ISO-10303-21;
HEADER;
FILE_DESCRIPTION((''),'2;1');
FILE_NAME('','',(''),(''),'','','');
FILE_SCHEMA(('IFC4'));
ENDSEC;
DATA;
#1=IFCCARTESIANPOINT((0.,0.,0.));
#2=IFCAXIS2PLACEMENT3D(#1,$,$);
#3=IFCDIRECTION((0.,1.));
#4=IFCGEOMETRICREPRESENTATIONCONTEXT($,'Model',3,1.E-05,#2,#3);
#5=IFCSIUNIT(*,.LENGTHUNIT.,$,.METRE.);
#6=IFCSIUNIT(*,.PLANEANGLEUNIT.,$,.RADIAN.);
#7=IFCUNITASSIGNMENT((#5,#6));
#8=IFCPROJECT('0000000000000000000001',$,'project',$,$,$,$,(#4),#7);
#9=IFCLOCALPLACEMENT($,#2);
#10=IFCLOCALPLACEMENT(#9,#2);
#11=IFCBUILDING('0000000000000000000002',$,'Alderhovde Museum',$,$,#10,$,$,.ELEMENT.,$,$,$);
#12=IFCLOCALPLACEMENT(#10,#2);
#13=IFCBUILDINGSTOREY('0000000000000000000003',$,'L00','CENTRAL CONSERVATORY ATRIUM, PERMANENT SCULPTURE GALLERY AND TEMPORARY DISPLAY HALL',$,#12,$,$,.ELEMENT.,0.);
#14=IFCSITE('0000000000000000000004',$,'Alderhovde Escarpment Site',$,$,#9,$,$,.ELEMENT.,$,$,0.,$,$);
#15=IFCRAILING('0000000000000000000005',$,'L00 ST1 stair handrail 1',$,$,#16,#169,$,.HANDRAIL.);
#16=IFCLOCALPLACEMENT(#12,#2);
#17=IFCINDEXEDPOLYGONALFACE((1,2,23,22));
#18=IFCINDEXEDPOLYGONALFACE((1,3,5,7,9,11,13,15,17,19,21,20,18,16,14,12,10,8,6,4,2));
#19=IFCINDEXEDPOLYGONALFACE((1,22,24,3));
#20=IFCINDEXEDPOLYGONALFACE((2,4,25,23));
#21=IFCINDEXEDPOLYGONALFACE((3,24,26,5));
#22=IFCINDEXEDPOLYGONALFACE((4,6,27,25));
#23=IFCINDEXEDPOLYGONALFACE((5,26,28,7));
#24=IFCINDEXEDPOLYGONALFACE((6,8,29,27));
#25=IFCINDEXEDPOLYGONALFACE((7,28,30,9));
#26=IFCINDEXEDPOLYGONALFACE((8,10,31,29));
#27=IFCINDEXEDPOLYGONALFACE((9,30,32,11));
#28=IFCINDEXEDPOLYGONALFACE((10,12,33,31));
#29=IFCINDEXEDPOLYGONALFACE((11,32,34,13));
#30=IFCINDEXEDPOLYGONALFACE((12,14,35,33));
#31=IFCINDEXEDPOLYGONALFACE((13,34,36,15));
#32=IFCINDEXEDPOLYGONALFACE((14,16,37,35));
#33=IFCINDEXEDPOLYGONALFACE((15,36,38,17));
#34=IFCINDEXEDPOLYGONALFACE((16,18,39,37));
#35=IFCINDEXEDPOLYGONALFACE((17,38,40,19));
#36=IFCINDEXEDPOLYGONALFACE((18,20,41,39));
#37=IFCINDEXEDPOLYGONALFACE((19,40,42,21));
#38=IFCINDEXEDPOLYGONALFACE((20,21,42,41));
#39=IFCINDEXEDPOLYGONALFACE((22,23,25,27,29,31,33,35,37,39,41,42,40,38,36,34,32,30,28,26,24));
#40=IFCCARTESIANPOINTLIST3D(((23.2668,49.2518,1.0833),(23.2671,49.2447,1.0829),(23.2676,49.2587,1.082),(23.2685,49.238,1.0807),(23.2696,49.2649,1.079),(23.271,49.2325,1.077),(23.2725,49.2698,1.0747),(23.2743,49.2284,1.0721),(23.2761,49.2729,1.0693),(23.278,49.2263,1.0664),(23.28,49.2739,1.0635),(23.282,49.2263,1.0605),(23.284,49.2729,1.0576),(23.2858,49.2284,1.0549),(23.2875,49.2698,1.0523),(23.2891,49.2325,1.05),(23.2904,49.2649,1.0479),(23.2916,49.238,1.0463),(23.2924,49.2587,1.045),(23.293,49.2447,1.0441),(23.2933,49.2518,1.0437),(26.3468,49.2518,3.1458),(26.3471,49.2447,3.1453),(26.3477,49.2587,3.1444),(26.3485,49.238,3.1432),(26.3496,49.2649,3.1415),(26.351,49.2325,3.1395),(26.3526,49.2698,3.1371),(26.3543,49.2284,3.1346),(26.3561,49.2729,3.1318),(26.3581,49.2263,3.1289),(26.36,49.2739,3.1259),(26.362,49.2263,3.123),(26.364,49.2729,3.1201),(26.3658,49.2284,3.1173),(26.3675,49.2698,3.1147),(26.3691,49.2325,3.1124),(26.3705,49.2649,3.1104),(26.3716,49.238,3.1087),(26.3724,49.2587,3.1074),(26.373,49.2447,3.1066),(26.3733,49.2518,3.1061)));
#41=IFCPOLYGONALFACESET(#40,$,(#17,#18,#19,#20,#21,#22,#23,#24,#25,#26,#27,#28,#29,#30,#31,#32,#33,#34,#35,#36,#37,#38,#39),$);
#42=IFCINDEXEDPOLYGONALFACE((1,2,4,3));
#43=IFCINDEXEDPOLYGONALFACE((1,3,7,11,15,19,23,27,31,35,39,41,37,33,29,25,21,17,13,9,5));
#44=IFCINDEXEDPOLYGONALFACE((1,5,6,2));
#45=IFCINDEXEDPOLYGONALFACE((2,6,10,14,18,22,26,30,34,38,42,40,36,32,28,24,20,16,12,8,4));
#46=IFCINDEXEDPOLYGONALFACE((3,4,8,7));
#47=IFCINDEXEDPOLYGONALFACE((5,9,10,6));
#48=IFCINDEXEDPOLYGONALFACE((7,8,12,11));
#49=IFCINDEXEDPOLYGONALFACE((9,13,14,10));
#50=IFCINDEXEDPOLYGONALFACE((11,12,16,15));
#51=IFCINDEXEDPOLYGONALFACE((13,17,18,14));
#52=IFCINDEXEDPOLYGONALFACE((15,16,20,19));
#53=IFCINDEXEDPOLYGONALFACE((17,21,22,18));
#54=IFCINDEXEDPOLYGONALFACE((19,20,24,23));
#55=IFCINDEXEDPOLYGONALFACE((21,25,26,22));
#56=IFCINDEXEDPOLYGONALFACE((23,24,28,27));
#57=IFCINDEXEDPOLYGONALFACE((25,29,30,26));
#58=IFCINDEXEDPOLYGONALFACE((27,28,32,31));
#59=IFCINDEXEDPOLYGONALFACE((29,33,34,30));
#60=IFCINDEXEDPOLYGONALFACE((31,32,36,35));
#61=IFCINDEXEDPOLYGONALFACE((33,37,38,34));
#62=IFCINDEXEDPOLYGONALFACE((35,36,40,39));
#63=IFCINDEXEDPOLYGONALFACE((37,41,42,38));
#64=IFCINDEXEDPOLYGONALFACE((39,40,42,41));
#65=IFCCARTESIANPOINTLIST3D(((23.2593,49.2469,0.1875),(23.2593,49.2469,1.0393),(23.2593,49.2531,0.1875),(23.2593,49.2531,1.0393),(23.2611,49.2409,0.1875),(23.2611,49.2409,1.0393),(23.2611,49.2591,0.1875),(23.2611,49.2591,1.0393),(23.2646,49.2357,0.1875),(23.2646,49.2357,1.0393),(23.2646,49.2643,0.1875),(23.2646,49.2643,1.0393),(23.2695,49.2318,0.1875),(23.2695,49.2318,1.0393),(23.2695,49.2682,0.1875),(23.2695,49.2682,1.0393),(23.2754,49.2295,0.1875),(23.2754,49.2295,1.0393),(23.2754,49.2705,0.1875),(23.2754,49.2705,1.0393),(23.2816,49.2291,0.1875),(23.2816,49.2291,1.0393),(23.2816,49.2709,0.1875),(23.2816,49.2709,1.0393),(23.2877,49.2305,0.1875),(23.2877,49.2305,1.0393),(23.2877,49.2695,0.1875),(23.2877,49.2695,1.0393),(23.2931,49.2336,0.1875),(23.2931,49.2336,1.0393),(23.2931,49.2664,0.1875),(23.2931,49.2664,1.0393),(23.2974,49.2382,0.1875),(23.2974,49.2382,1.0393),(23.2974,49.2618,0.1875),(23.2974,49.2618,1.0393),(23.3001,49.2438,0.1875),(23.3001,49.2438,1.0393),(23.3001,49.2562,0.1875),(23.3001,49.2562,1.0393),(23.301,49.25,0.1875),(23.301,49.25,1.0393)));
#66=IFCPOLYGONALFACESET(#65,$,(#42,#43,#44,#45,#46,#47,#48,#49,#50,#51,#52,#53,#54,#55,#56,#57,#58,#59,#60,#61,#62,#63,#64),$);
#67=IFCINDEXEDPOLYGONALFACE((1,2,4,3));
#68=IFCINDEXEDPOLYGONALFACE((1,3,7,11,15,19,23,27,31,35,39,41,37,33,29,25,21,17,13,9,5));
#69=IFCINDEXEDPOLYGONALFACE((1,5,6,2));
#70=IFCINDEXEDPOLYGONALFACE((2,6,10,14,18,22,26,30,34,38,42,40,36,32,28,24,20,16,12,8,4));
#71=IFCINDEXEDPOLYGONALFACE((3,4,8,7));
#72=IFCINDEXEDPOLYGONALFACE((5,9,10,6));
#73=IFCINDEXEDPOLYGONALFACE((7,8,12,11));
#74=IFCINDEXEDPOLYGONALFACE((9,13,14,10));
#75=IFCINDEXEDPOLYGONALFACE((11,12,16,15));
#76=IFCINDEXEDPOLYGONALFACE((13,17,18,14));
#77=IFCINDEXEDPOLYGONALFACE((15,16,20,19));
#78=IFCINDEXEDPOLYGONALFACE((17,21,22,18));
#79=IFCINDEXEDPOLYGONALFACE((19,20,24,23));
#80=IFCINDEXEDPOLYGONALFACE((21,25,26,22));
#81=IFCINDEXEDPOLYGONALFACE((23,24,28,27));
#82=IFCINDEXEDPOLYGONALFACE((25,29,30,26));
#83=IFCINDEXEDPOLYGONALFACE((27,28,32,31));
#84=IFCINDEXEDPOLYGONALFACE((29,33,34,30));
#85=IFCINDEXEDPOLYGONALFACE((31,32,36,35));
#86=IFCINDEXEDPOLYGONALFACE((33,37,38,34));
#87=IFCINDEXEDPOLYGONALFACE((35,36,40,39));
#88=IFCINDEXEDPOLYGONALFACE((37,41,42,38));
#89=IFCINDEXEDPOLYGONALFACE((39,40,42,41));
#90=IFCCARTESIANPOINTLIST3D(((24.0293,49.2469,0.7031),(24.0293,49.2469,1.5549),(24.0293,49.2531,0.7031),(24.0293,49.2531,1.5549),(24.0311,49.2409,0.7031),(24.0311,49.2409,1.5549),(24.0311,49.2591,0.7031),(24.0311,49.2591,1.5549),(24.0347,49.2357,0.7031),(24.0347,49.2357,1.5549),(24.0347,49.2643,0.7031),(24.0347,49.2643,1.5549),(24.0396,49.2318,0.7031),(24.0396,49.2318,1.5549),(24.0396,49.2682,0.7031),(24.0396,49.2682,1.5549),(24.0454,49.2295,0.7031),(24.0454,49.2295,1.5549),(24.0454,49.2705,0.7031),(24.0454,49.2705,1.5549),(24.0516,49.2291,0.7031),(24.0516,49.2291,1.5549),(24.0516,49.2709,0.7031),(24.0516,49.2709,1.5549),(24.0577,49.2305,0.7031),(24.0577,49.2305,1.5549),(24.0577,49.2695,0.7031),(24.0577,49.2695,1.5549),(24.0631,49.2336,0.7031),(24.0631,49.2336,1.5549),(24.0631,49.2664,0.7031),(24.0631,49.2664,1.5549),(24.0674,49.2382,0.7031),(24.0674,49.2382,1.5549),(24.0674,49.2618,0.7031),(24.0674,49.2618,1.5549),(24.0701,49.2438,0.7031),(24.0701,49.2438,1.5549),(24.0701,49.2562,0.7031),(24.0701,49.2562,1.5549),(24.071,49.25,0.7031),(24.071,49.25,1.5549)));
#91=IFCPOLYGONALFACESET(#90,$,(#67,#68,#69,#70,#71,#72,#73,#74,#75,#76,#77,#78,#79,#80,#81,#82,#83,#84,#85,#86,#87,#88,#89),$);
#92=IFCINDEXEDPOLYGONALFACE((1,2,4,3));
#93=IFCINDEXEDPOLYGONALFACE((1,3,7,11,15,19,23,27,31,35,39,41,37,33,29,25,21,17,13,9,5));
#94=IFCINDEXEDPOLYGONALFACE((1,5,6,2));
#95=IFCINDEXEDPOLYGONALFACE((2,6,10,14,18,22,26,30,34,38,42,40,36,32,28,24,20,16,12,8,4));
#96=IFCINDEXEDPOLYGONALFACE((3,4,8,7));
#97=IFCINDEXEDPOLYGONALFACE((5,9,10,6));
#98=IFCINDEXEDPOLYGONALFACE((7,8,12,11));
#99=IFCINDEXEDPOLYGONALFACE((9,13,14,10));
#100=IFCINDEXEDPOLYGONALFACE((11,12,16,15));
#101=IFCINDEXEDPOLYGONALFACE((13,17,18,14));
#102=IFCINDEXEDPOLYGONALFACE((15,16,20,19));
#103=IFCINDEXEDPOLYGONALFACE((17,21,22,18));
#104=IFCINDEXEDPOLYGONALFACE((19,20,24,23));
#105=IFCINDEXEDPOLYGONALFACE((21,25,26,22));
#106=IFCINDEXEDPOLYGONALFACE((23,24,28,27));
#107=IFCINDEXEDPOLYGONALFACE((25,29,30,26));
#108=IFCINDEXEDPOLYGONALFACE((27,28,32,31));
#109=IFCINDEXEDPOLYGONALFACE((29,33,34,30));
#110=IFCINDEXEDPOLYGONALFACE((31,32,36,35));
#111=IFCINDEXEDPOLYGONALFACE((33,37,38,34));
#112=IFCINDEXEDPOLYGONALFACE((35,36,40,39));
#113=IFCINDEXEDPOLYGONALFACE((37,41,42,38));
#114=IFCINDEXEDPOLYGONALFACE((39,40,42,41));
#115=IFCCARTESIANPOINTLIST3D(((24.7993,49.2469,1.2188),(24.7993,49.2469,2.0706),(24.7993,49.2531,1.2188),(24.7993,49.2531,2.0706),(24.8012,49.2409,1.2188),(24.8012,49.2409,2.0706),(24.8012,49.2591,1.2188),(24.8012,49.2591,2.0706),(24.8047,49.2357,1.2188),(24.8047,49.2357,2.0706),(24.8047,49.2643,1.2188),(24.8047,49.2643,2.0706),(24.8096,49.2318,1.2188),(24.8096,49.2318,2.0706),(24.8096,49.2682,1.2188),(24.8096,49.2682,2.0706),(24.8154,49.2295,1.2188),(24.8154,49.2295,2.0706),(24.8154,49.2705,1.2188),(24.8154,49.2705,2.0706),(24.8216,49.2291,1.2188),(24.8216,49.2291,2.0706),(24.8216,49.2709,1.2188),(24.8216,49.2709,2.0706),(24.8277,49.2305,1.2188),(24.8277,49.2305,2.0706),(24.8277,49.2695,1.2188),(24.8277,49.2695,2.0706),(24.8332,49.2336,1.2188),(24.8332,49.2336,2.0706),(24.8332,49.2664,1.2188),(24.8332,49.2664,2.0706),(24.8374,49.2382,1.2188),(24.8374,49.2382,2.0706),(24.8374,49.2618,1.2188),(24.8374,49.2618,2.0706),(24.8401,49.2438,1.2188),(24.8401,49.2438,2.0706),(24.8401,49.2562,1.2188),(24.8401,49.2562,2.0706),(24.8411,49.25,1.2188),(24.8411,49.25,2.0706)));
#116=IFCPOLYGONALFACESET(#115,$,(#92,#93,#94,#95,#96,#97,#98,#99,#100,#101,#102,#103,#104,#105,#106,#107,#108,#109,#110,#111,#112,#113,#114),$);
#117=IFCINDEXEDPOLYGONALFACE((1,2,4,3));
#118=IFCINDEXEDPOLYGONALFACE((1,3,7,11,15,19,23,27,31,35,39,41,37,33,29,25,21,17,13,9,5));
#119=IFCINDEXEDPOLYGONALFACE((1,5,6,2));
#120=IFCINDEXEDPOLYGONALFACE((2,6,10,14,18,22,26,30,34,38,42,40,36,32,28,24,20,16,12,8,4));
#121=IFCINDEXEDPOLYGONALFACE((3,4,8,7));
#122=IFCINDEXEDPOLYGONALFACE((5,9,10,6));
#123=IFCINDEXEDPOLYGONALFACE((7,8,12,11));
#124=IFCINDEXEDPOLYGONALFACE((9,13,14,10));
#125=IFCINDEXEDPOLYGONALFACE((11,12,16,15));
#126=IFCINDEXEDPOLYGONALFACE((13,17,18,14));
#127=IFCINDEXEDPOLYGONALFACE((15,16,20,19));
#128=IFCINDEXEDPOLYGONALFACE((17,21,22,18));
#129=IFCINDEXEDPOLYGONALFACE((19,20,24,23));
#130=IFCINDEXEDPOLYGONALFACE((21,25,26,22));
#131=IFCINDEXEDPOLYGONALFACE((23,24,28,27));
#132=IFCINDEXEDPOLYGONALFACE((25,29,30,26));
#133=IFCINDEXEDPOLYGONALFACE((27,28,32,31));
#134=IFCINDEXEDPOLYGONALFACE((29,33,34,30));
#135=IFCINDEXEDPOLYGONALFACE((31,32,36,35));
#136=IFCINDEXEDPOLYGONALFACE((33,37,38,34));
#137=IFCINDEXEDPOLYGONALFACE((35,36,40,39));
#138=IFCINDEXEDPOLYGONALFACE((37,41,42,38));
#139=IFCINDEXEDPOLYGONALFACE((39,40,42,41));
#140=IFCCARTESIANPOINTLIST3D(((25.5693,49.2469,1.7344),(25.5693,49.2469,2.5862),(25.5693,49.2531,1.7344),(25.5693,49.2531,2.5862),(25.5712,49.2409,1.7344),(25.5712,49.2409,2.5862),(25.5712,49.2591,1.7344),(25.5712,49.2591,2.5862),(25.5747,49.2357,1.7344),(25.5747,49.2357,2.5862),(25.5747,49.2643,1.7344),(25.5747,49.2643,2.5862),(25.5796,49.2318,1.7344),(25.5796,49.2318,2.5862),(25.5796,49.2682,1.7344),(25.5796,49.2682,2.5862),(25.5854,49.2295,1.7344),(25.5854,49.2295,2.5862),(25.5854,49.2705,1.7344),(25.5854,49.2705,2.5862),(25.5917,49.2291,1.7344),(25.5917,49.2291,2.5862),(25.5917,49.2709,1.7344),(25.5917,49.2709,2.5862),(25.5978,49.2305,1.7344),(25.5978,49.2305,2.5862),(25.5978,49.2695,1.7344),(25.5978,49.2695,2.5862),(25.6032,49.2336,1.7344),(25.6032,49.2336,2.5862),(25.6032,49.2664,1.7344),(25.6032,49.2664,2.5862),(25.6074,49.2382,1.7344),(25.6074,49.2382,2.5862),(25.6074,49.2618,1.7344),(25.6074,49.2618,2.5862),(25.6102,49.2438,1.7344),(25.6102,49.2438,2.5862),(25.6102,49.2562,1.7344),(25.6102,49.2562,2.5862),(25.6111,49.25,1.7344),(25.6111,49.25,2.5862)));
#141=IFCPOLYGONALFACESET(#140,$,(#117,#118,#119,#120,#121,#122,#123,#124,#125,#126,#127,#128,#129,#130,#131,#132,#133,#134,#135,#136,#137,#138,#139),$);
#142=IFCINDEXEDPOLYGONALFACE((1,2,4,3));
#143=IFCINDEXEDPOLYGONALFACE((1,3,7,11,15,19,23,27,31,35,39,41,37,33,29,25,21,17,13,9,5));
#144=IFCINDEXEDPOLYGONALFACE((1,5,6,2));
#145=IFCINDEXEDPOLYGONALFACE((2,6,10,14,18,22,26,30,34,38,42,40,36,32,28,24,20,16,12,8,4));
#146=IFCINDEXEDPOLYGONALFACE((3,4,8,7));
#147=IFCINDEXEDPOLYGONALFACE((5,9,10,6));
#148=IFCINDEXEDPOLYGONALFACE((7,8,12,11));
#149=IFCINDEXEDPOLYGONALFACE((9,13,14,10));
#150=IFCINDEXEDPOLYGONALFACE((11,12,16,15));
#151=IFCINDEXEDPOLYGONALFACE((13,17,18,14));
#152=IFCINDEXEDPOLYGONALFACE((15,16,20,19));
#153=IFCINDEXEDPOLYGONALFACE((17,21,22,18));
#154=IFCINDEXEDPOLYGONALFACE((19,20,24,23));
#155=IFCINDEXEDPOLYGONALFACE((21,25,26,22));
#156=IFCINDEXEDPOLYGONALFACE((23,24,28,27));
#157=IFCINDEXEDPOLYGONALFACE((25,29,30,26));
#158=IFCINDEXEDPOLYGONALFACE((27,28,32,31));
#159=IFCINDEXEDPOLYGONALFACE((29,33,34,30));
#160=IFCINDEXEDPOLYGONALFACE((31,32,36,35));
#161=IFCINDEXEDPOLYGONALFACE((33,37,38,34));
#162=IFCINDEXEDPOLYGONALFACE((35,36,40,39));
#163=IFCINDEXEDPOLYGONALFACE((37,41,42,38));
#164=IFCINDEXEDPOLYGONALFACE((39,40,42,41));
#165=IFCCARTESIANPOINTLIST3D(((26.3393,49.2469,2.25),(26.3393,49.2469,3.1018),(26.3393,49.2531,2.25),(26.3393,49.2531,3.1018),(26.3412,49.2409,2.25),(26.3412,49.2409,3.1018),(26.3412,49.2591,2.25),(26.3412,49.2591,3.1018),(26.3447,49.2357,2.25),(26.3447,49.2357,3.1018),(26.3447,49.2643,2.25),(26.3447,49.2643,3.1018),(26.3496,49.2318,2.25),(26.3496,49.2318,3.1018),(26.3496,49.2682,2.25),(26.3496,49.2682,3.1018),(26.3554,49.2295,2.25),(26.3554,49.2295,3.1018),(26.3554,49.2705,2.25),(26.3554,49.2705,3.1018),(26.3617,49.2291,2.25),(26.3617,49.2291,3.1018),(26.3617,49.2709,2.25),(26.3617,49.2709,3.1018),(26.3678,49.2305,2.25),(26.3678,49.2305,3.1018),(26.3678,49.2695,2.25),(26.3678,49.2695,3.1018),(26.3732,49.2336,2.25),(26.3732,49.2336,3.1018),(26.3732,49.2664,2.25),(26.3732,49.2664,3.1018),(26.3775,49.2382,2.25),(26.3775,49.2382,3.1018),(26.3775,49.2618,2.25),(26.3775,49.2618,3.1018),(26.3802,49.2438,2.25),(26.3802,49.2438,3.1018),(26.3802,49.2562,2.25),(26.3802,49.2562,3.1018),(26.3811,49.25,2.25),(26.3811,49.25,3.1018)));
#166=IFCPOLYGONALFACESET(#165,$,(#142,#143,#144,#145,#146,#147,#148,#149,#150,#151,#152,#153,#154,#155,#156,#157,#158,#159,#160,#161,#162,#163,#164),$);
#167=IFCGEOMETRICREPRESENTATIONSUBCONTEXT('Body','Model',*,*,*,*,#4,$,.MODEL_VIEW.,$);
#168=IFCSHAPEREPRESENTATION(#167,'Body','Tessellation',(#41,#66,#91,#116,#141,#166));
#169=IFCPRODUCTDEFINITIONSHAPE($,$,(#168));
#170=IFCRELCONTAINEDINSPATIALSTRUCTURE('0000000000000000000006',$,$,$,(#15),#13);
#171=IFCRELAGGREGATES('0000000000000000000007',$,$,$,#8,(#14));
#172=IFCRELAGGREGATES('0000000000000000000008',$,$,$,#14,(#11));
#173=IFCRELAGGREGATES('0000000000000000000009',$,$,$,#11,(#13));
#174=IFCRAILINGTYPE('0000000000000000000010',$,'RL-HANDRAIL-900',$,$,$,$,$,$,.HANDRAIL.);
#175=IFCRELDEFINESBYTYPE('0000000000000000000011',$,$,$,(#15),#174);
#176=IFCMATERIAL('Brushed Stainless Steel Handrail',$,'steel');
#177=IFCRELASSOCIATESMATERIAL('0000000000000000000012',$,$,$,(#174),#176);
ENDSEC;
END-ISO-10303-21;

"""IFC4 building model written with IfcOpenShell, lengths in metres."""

from ifc_helpers import new_model, si_unit, direction, frame, origin, origin_2d, place, context, subcontext, project, spatial, circle, extrude, material, type_object, element, save


model = new_model("IFC4")

# Units and contexts
model_context = context("Model", 3, precision=1e-05, world=origin(), true_north=direction((0.0, 1.0)))
body_context = subcontext(model_context, "Body", "Model", "MODEL_VIEW")
ifc_project = project(units=[si_unit("LENGTHUNIT", "METRE"), si_unit("PLANEANGLEUNIT", "RADIAN")], contexts=[model_context])

# Site, building, storey
site_placement = place(None, origin())
site = spatial("IfcSite", under=ifc_project, at=site_placement, Name="Alderhovde Escarpment Site", CompositionType="ELEMENT", RefElevation=0.0)
building_placement = place(site_placement, origin())
building = spatial("IfcBuilding", under=site, at=building_placement, Name="Alderhovde Museum", CompositionType="ELEMENT")
storey_placement = place(building_placement, origin())
storey = spatial("IfcBuildingStorey", under=building, at=storey_placement, Name="L00", Description="CENTRAL CONSERVATORY ATRIUM, PERMANENT SCULPTURE GALLERY AND TEMPORARY DISPLAY HALL", CompositionType="ELEMENT", Elevation=0.0)

# Railing
ifc_material_1 = material(Name="Brushed Stainless Steel Handrail", Category="steel")
railing_type = type_object("IfcRailingType", Name="RL-HANDRAIL-900", PredefinedType="HANDRAIL", material=ifc_material_1)
railing_placement = place(storey_placement, frame((23.28, 49.25, 0.1875)))
element("IfcRailing", 1, at=railing_placement, inside=storey, type_object=railing_type, Name="L00 ST1 stair handrail 1", PredefinedType="HANDRAIL", context=body_context, shape_type="SweptSolid", body=[
    extrude(circle(Radius=0.0239, at=origin_2d()), frame((0.0, 0.0, 0.876), z_axis=(0.830914, 0.0, 0.556401), x_axis=(0.0, 1.0, 0.0)), (0.0, 0.0, 1.0), 3.7068),
    extrude(circle(Radius=0.021, at=origin_2d()), origin(), (0.0, 0.0, 1.0), 0.8518),
    extrude(circle(Radius=0.021, at=origin_2d()), frame((0.77, 0.0, 0.5156)), (0.0, 0.0, 1.0), 0.8518),
    extrude(circle(Radius=0.021, at=origin_2d()), frame((1.54, 0.0, 1.0312)), (0.0, 0.0, 1.0), 0.8518),
    extrude(circle(Radius=0.021, at=origin_2d()), frame((2.3101, 0.0, 1.5469)), (0.0, 0.0, 1.0), 0.8518),
    extrude(circle(Radius=0.021, at=origin_2d()), frame((3.0801, 0.0, 2.0625)), (0.0, 0.0, 1.0), 0.8518),
])

save(model, "model.ifc")
